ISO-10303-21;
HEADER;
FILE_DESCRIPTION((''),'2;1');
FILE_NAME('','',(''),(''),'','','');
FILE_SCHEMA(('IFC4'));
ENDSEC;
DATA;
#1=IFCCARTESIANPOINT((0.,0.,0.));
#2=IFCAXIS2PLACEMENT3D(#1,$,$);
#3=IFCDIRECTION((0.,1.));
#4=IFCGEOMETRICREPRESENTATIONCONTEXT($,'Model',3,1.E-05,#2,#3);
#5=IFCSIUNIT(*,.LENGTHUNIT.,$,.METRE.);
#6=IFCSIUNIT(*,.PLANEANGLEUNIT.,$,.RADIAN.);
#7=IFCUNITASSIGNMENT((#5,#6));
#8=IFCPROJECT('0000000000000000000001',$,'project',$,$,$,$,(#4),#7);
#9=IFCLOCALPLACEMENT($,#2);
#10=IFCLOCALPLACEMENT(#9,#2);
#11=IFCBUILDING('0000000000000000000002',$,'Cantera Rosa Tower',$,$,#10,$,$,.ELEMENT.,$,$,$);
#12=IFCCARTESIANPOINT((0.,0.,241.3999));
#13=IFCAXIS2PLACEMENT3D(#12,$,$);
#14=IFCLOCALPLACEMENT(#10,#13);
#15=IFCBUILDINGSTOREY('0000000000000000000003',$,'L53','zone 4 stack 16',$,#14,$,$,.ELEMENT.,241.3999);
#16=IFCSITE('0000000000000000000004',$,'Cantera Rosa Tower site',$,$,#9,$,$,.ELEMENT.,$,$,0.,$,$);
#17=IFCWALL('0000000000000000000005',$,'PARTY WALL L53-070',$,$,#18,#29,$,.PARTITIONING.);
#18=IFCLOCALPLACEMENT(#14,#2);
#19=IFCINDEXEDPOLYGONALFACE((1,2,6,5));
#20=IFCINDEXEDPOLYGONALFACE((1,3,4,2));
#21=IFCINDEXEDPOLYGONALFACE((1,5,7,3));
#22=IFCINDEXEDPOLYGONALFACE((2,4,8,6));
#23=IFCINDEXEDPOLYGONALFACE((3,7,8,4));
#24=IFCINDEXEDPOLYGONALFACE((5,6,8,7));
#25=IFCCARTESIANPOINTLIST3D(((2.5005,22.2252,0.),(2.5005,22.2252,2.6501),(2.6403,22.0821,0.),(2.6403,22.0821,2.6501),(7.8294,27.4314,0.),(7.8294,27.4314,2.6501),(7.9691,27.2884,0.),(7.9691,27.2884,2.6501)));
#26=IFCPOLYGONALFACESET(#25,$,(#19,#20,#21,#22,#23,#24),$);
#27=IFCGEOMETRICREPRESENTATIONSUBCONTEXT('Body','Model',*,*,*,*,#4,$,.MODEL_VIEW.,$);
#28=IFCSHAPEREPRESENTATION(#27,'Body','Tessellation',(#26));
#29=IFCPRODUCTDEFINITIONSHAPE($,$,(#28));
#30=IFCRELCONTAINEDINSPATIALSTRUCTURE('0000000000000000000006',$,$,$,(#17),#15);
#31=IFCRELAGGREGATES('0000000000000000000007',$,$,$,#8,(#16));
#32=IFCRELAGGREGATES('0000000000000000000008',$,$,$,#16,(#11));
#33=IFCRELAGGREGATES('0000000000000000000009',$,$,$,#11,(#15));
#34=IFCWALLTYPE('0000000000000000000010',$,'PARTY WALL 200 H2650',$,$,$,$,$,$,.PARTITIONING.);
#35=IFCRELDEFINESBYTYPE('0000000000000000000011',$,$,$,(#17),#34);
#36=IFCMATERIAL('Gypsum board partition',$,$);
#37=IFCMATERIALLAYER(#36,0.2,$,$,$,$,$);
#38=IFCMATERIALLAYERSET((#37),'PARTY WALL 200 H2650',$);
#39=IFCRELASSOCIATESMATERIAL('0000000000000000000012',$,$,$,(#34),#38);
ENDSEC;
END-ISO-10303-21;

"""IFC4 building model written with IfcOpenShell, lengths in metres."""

from ifc_helpers import new_model, si_unit, direction, frame, frame_2d, origin, place, context, subcontext, project, spatial, rectangle, extrude, material, layer, layer_set, type_object, element, save


model = new_model("IFC4")

# Units and contexts
model_context = context("Model", 3, precision=1e-05, world=origin(), true_north=direction((0.0, 1.0)))
body_context = subcontext(model_context, "Body", "Model", "MODEL_VIEW")
ifc_project = project(units=[si_unit("LENGTHUNIT", "METRE"), si_unit("PLANEANGLEUNIT", "RADIAN")], contexts=[model_context])

# Site, building, storey
site_placement = place(None, origin())
site = spatial("IfcSite", under=ifc_project, at=site_placement, Name="Cantera Rosa Tower site", CompositionType="ELEMENT", RefElevation=0.0)
building_placement = place(site_placement, origin())
building = spatial("IfcBuilding", under=site, at=building_placement, Name="Cantera Rosa Tower", CompositionType="ELEMENT")
storey_placement = place(building_placement, frame((0.0, 0.0, 241.3999)))
storey = spatial("IfcBuildingStorey", under=building, at=storey_placement, Name="L53", Description="zone 4 stack 16", CompositionType="ELEMENT", Elevation=241.3999)

# Wall
ifc_material_1 = material(Name="Gypsum board partition")
ifc_layer_1 = layer(ifc_material_1, 0.2)
ifc_layer_set_1 = layer_set([ifc_layer_1], Name="PARTY WALL 200 H2650")
wall_type_1 = type_object("IfcWallType", Name="PARTY WALL 200 H2650", PredefinedType="PARTITIONING", material=ifc_layer_set_1)
wall_1_placement = place(storey_placement, frame((2.5703, 22.1536, 0.0), z_axis=(0.0, 0.0, 1.0), x_axis=(0.715284, 0.698834, 0.0)))
element("IfcWall", 1, at=wall_1_placement, inside=storey, type_object=wall_type_1, Name="PARTY WALL L53-070", PredefinedType="PARTITIONING", context=body_context, shape_type="SweptSolid", body=[
    extrude(rectangle(XDim=7.45, YDim=0.2, at=frame_2d((3.7251, 0.0))), origin(), (0.0, 0.0, 1.0), 2.6501),
])

save(model, "model.ifc")
